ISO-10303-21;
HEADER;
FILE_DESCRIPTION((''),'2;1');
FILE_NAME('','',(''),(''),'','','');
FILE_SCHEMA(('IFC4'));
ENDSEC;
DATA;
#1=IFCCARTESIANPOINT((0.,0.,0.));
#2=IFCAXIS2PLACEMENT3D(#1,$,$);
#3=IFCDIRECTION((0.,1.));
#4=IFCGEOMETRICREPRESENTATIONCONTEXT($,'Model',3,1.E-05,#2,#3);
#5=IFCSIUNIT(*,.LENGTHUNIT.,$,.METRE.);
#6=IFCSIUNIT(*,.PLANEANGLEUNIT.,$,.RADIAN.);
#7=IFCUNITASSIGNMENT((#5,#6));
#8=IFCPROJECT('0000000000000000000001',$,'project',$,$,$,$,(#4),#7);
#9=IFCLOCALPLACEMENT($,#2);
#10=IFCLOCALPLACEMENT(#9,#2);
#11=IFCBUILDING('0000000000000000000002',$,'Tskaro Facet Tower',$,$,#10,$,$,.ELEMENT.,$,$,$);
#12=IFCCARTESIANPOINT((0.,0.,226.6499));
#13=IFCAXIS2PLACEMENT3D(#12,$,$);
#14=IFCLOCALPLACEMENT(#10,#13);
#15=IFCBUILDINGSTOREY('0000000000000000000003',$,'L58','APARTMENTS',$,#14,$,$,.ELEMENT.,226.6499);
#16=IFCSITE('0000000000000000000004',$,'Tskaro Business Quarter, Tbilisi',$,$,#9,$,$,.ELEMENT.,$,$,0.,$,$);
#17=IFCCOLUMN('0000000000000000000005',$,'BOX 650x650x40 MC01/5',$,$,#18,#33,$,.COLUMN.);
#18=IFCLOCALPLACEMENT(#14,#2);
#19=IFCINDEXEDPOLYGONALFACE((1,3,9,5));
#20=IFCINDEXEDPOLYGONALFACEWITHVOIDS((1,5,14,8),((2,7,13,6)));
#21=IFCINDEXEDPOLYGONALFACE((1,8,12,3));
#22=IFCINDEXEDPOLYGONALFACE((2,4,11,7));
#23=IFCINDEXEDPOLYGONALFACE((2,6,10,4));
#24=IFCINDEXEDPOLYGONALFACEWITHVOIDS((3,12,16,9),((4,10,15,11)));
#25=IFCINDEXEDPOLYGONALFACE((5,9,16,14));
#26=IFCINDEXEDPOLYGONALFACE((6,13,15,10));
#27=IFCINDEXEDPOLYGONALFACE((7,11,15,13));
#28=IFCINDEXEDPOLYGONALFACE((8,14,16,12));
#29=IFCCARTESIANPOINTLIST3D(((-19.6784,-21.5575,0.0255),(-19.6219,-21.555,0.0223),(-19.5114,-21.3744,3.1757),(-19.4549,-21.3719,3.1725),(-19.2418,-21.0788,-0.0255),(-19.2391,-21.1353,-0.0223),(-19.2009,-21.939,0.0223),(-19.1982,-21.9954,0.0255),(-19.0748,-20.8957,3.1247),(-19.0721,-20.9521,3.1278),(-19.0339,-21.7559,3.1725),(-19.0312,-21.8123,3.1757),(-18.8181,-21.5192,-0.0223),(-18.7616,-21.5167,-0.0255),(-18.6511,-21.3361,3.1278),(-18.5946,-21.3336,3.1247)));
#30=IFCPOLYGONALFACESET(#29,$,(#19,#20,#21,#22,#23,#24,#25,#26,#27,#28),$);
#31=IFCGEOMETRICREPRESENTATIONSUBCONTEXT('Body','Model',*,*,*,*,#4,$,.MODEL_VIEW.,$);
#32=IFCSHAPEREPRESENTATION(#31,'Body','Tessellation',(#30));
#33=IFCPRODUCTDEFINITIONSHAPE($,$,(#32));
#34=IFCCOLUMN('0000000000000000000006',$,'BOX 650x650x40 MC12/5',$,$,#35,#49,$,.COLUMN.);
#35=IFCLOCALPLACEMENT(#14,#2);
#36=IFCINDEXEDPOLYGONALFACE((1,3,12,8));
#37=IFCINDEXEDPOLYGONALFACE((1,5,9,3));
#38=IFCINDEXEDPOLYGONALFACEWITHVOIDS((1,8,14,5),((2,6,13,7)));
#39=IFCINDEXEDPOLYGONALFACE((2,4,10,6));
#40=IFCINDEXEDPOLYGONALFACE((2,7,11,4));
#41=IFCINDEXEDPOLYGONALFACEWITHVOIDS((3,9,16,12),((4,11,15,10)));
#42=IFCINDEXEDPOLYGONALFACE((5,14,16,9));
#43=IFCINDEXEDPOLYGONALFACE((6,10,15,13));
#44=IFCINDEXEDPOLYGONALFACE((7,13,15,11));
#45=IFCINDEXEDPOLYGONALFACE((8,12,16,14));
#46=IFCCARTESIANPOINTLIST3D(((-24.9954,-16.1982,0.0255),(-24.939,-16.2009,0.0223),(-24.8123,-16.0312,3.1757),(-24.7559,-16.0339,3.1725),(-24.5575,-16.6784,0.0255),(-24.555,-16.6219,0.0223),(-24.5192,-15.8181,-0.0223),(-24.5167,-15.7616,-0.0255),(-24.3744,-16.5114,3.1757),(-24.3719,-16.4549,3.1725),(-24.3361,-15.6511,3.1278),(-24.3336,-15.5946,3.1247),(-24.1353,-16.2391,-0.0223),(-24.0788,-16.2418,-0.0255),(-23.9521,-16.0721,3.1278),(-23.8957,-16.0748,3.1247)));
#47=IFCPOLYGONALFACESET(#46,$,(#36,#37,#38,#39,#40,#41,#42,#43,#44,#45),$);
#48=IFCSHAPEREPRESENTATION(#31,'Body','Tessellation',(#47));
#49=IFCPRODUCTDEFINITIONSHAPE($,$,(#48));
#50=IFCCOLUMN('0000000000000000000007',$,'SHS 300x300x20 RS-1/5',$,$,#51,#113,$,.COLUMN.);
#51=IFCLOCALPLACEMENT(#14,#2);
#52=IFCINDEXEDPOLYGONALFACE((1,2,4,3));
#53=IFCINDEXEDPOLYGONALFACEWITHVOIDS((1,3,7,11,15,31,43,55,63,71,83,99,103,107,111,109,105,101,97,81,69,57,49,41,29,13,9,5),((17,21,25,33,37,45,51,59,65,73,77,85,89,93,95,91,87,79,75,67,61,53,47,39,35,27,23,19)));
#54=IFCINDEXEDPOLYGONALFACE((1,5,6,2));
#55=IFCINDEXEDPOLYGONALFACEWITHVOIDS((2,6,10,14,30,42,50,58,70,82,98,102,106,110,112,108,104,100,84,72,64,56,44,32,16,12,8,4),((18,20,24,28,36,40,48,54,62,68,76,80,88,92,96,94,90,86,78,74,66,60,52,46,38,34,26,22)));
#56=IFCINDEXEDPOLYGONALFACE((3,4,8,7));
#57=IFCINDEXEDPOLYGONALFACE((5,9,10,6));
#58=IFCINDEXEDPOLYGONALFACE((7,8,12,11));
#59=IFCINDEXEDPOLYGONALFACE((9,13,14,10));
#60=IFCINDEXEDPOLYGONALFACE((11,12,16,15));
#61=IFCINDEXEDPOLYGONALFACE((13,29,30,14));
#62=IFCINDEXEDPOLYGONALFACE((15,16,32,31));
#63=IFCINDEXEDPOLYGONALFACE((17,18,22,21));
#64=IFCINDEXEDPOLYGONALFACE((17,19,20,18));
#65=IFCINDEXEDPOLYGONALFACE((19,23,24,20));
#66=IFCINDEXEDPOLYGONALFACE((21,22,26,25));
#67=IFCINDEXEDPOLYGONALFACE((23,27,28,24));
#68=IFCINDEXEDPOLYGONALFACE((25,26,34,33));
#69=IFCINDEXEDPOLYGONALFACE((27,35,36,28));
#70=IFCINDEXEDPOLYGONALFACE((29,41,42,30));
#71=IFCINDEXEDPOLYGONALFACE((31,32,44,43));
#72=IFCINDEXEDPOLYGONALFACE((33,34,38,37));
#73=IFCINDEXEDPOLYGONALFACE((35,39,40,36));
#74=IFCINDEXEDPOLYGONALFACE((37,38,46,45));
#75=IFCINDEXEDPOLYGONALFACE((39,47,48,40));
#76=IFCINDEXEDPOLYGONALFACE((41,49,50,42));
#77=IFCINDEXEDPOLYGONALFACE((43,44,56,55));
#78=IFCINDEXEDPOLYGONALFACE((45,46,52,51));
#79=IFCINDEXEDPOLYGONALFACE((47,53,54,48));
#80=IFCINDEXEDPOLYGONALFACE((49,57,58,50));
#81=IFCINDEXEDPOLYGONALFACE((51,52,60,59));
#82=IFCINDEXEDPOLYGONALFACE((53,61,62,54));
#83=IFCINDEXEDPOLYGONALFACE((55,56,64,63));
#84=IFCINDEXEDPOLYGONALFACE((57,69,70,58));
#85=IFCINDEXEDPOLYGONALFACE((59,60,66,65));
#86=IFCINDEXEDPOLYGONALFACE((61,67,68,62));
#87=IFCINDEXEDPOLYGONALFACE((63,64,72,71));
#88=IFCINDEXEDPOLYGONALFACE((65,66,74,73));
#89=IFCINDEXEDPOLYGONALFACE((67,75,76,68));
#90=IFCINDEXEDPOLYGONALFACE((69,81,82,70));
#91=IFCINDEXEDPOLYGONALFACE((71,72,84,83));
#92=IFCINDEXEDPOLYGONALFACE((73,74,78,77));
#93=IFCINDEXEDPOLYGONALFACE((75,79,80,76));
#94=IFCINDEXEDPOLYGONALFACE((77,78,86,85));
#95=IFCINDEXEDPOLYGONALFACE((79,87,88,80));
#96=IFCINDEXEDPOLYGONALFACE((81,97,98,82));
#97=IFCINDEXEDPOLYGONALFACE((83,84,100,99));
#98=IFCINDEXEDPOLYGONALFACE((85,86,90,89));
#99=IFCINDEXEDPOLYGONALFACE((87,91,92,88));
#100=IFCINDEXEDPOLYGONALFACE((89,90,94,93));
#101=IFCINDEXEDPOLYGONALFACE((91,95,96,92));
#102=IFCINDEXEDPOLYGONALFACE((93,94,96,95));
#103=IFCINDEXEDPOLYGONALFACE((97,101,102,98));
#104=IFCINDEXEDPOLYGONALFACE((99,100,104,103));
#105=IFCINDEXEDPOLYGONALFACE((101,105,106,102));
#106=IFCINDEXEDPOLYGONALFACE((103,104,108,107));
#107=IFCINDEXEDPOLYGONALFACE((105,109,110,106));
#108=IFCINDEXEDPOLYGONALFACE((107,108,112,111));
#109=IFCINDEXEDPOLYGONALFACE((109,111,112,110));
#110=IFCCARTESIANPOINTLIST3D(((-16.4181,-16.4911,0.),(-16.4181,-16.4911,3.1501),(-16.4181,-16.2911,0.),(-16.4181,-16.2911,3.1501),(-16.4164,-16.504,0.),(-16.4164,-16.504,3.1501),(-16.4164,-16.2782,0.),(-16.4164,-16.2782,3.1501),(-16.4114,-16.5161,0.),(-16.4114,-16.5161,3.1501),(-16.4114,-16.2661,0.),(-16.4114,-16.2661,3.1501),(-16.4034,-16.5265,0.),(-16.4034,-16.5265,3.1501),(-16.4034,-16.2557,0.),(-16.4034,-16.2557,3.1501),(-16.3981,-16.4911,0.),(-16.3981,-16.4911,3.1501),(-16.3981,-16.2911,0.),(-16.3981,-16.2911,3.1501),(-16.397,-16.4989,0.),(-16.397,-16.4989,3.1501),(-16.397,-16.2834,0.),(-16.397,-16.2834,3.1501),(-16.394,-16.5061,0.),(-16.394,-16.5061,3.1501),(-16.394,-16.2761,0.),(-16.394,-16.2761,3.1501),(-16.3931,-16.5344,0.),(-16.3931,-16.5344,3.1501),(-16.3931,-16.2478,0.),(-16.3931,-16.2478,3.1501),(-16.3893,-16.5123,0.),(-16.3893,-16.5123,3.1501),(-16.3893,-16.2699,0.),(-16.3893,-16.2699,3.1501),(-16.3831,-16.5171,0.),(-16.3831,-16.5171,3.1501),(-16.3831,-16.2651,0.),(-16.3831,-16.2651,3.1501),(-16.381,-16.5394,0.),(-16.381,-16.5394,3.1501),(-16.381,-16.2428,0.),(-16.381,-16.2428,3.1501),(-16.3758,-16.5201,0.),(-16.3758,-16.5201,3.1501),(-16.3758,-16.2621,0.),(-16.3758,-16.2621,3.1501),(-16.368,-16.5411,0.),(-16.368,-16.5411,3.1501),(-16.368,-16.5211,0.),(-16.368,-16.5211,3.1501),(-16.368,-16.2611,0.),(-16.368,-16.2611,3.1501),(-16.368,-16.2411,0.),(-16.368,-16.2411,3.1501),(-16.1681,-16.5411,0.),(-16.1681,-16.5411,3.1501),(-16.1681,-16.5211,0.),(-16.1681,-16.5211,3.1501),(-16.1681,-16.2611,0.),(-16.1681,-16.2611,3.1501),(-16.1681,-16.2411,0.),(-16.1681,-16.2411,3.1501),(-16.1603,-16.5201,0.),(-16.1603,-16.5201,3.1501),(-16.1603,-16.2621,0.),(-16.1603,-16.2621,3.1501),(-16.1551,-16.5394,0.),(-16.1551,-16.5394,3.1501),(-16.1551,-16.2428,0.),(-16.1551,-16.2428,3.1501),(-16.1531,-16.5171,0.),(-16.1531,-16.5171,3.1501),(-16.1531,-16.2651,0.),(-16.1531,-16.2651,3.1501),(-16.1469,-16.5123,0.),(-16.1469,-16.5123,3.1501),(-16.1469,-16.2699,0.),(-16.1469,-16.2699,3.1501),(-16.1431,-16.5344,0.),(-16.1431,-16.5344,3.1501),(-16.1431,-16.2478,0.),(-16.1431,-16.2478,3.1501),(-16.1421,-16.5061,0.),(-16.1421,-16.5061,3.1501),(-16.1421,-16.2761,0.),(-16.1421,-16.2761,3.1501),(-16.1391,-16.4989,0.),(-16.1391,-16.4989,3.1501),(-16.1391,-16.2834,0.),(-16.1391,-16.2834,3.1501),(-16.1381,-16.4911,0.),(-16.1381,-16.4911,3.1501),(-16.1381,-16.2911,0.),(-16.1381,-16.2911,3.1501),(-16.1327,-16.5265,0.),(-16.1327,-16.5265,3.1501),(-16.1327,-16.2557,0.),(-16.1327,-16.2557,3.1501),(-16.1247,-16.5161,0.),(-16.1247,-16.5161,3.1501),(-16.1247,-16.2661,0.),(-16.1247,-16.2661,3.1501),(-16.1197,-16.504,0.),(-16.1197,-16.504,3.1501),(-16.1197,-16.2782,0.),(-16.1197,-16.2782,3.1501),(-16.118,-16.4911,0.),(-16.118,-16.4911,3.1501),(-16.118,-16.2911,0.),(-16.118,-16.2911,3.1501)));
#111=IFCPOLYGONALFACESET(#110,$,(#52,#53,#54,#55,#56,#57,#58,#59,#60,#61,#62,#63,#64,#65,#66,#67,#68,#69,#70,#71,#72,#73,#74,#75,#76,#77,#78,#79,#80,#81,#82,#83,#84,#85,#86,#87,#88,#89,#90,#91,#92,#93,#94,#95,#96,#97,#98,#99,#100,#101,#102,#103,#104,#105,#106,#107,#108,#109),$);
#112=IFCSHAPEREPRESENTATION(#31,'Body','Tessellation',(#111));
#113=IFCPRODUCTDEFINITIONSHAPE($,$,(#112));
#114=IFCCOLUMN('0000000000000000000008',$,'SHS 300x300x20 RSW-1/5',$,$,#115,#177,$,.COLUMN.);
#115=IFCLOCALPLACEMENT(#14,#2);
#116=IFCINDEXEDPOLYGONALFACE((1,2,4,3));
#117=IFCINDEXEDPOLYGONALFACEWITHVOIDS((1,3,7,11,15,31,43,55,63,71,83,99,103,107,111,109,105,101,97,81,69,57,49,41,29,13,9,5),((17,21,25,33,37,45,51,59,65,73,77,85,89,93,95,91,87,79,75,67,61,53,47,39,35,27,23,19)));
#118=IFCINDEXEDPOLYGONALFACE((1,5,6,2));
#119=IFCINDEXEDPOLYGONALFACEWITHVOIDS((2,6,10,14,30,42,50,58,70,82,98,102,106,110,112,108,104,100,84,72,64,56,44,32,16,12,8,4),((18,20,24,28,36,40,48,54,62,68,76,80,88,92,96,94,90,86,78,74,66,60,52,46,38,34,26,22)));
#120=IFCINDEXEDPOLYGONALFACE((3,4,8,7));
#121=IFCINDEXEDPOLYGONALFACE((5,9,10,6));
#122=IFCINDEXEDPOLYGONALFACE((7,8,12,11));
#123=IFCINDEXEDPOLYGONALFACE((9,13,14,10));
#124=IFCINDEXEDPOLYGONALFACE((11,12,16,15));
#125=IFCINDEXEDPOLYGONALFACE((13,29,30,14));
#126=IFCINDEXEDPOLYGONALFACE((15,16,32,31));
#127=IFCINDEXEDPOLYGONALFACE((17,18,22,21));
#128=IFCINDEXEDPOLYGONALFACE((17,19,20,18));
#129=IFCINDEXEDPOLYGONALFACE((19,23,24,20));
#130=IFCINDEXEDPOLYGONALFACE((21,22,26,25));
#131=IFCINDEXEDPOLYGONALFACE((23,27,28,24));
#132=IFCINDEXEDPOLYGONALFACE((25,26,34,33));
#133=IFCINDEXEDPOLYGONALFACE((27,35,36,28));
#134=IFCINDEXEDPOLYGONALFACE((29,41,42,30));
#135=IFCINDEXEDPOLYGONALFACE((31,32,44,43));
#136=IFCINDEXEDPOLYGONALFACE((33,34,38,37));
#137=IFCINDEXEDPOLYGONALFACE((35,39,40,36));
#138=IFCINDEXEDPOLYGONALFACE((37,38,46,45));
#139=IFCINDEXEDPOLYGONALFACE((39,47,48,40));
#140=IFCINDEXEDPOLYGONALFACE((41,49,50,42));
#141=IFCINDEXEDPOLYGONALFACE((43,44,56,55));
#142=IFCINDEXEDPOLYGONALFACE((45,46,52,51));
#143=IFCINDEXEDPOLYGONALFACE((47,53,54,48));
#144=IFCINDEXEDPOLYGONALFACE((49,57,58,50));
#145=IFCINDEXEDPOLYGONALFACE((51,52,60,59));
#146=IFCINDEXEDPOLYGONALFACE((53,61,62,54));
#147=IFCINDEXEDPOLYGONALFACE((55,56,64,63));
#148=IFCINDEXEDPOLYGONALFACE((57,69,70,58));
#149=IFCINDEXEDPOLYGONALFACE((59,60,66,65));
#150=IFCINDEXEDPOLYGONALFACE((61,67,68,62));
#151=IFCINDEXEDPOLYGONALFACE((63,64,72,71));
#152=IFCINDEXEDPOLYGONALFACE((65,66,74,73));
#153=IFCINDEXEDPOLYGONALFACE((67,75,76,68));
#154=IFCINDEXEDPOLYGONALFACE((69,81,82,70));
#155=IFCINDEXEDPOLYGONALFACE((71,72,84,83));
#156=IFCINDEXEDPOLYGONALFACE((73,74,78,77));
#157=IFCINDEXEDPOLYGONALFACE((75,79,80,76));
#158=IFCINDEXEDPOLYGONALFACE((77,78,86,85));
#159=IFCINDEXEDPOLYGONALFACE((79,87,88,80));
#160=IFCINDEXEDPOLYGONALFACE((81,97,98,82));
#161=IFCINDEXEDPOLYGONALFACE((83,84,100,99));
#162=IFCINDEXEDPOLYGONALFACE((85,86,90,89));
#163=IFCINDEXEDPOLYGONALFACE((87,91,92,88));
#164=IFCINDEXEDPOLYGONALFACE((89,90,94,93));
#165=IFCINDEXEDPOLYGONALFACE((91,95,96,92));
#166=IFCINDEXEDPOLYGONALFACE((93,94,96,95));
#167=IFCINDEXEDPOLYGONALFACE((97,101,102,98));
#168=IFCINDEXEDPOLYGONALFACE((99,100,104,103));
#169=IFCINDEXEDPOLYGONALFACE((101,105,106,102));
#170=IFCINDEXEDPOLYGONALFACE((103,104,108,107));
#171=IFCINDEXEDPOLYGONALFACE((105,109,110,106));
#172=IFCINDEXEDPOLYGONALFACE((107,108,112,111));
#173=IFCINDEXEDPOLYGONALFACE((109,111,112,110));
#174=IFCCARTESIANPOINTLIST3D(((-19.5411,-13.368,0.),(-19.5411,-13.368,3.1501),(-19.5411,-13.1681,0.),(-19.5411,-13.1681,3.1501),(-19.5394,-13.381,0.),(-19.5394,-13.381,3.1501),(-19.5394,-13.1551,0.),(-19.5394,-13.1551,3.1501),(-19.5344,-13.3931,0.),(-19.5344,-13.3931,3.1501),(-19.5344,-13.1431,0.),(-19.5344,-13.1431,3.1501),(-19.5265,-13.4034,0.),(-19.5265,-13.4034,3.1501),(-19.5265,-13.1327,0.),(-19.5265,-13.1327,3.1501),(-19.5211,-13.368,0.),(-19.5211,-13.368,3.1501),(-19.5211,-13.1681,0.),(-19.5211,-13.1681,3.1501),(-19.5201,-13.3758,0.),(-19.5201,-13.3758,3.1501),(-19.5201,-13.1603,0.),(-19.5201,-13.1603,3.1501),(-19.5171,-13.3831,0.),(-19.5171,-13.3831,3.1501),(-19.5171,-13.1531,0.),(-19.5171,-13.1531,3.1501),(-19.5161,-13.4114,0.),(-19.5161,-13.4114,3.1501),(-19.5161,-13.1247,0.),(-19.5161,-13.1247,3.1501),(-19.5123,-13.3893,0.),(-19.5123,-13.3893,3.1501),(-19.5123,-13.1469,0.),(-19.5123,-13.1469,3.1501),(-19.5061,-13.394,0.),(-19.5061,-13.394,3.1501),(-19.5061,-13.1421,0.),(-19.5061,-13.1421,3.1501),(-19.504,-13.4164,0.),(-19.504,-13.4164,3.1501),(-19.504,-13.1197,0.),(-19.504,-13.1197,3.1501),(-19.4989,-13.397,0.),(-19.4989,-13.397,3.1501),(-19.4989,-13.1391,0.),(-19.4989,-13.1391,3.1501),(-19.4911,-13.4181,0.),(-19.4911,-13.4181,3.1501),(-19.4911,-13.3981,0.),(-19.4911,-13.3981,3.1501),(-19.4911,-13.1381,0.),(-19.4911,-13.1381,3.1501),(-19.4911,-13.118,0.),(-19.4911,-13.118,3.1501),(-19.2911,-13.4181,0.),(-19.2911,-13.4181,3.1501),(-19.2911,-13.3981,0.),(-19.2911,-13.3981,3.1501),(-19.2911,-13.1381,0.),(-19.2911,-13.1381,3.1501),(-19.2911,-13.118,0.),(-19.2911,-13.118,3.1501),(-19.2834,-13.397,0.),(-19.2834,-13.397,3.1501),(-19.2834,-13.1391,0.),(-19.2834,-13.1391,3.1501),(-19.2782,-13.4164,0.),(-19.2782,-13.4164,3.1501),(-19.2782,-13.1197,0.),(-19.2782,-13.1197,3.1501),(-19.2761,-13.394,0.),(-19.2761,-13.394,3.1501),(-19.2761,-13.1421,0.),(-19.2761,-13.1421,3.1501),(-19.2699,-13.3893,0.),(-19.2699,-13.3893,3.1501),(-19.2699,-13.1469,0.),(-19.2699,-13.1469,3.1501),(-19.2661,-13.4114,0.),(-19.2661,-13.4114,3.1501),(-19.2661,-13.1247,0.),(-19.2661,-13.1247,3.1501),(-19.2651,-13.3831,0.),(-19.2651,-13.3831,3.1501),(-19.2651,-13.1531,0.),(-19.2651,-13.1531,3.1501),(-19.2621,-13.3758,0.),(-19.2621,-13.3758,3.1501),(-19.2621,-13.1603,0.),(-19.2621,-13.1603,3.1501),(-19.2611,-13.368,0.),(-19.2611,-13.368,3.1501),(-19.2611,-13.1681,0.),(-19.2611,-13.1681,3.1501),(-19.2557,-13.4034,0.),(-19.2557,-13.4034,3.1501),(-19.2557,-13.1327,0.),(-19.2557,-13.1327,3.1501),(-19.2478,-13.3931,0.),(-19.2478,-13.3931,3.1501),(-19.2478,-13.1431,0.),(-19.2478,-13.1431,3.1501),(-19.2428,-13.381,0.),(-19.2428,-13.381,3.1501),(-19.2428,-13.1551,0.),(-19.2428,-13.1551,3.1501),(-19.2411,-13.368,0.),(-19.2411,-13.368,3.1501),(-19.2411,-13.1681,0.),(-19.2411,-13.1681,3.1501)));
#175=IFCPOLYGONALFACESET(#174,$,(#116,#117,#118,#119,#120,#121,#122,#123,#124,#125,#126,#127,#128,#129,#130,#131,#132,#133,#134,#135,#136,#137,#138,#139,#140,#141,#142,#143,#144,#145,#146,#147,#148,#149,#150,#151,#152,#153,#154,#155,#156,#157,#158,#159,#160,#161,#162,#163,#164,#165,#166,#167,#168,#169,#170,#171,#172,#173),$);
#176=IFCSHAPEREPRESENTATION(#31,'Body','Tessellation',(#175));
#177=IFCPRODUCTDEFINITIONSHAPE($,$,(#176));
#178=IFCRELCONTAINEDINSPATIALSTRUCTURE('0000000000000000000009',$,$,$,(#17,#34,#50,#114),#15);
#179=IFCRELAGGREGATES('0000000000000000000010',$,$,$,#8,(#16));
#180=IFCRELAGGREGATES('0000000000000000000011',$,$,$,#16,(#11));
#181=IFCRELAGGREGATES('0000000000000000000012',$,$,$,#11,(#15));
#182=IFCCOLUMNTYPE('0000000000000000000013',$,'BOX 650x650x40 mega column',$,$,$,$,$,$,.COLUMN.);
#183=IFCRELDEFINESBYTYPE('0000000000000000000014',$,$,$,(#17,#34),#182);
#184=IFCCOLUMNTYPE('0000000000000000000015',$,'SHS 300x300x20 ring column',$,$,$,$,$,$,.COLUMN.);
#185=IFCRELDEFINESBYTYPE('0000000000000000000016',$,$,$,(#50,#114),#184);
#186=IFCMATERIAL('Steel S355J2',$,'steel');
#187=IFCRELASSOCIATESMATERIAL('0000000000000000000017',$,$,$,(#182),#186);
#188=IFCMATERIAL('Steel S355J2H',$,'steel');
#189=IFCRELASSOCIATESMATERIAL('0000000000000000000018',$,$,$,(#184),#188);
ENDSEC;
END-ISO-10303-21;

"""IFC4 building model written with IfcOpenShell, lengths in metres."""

from ifc_helpers import new_model, si_unit, direction, frame, origin, origin_2d, place, context, subcontext, project, spatial, hollow_rectangle, extrude, material, material_profile, profile_set, type_object, element, save


model = new_model("IFC4")

# Units and contexts
model_context = context("Model", 3, precision=1e-05, world=origin(), true_north=direction((0.0, 1.0)))
body_context = subcontext(model_context, "Body", "Model", "MODEL_VIEW")
ifc_project = project(units=[si_unit("LENGTHUNIT", "METRE"), si_unit("PLANEANGLEUNIT", "RADIAN")], contexts=[model_context])

# Site, building, storey
site_placement = place(None, origin())
site = spatial("IfcSite", under=ifc_project, at=site_placement, Name="Tskaro Business Quarter, Tbilisi", CompositionType="ELEMENT", RefElevation=0.0)
building_placement = place(site_placement, origin())
building = spatial("IfcBuilding", under=site, at=building_placement, Name="Tskaro Facet Tower", CompositionType="ELEMENT")
storey_placement = place(building_placement, frame((0.0, 0.0, 226.6499)))
storey = spatial("IfcBuildingStorey", under=building, at=storey_placement, Name="L58", Description="APARTMENTS", CompositionType="ELEMENT", Elevation=226.6499)

# Columns
ifc_material_1 = material(Name="Steel S355J2", Category="steel")
ifc_material_profile_1 = material_profile(ifc_material_1, hollow_rectangle(XDim=0.6499, YDim=0.6499, WallThickness=0.04, at=origin_2d()), Name="BOX 650x650x40")
ifc_profile_set_1 = profile_set([ifc_material_profile_1], Name="Steel S355J2")
column_type_1 = type_object("IfcColumnType", Name="BOX 650x650x40 mega column", PredefinedType="COLUMN", material=ifc_profile_set_1)
for number, where, z_axis, x_axis, name in (
    (1, (-19.22, -21.5371, 0.0), (0.052848, 0.057947, 0.99692), (-0.738869, 0.673849, 0.0), "BOX 650x650x40 MC01/5"),
    (2, (-24.5371, -16.22, 0.0), (0.057947, 0.052848, 0.99692), (-0.673849, 0.738869, 0.0), "BOX 650x650x40 MC12/5"),
):
    element("IfcColumn", number, at=place(storey_placement, frame(where, z_axis=z_axis, x_axis=x_axis)), inside=storey, type_object=column_type_1, Name=name, PredefinedType="COLUMN", context=body_context, shape_type="SweptSolid", body=[
        extrude(hollow_rectangle(XDim=0.6499, YDim=0.6499, WallThickness=0.04, at=origin_2d()), origin(), (0.0, 0.0, 1.0), 3.1599),
    ])
ifc_material_2 = material(Name="Steel S355J2H", Category="steel")
ifc_material_profile_2 = material_profile(ifc_material_2, hollow_rectangle(XDim=0.3, YDim=0.3, WallThickness=0.02, InnerFilletRadius=0.03, OuterFilletRadius=0.05, at=origin_2d()), Name="SHS 300x300x20")
ifc_profile_set_2 = profile_set([ifc_material_profile_2], Name="Steel S355J2H")
column_type_2 = type_object("IfcColumnType", Name="SHS 300x300x20 ring column", PredefinedType="COLUMN", material=ifc_profile_set_2)
for number, where, z_axis, x_axis, name in (
    (3, (-16.2681, -16.3911, 0.0), (0.0, 0.0, 1.0), (1.0, 0.0, 0.0), "SHS 300x300x20 RS-1/5"),
    (4, (-19.3911, -13.2681, 0.0), (0.0, 0.0, 1.0), (1.0, 0.0, 0.0), "SHS 300x300x20 RSW-1/5"),
):
    element("IfcColumn", number, at=place(storey_placement, frame(where, z_axis=z_axis, x_axis=x_axis)), inside=storey, type_object=column_type_2, Name=name, PredefinedType="COLUMN", context=body_context, shape_type="SweptSolid", body=[
        extrude(hollow_rectangle(XDim=0.3, YDim=0.3, WallThickness=0.02, InnerFilletRadius=0.03, OuterFilletRadius=0.05, at=origin_2d()), origin(), (0.0, 0.0, 1.0), 3.1501),
    ])

save(model, "model.ifc")
